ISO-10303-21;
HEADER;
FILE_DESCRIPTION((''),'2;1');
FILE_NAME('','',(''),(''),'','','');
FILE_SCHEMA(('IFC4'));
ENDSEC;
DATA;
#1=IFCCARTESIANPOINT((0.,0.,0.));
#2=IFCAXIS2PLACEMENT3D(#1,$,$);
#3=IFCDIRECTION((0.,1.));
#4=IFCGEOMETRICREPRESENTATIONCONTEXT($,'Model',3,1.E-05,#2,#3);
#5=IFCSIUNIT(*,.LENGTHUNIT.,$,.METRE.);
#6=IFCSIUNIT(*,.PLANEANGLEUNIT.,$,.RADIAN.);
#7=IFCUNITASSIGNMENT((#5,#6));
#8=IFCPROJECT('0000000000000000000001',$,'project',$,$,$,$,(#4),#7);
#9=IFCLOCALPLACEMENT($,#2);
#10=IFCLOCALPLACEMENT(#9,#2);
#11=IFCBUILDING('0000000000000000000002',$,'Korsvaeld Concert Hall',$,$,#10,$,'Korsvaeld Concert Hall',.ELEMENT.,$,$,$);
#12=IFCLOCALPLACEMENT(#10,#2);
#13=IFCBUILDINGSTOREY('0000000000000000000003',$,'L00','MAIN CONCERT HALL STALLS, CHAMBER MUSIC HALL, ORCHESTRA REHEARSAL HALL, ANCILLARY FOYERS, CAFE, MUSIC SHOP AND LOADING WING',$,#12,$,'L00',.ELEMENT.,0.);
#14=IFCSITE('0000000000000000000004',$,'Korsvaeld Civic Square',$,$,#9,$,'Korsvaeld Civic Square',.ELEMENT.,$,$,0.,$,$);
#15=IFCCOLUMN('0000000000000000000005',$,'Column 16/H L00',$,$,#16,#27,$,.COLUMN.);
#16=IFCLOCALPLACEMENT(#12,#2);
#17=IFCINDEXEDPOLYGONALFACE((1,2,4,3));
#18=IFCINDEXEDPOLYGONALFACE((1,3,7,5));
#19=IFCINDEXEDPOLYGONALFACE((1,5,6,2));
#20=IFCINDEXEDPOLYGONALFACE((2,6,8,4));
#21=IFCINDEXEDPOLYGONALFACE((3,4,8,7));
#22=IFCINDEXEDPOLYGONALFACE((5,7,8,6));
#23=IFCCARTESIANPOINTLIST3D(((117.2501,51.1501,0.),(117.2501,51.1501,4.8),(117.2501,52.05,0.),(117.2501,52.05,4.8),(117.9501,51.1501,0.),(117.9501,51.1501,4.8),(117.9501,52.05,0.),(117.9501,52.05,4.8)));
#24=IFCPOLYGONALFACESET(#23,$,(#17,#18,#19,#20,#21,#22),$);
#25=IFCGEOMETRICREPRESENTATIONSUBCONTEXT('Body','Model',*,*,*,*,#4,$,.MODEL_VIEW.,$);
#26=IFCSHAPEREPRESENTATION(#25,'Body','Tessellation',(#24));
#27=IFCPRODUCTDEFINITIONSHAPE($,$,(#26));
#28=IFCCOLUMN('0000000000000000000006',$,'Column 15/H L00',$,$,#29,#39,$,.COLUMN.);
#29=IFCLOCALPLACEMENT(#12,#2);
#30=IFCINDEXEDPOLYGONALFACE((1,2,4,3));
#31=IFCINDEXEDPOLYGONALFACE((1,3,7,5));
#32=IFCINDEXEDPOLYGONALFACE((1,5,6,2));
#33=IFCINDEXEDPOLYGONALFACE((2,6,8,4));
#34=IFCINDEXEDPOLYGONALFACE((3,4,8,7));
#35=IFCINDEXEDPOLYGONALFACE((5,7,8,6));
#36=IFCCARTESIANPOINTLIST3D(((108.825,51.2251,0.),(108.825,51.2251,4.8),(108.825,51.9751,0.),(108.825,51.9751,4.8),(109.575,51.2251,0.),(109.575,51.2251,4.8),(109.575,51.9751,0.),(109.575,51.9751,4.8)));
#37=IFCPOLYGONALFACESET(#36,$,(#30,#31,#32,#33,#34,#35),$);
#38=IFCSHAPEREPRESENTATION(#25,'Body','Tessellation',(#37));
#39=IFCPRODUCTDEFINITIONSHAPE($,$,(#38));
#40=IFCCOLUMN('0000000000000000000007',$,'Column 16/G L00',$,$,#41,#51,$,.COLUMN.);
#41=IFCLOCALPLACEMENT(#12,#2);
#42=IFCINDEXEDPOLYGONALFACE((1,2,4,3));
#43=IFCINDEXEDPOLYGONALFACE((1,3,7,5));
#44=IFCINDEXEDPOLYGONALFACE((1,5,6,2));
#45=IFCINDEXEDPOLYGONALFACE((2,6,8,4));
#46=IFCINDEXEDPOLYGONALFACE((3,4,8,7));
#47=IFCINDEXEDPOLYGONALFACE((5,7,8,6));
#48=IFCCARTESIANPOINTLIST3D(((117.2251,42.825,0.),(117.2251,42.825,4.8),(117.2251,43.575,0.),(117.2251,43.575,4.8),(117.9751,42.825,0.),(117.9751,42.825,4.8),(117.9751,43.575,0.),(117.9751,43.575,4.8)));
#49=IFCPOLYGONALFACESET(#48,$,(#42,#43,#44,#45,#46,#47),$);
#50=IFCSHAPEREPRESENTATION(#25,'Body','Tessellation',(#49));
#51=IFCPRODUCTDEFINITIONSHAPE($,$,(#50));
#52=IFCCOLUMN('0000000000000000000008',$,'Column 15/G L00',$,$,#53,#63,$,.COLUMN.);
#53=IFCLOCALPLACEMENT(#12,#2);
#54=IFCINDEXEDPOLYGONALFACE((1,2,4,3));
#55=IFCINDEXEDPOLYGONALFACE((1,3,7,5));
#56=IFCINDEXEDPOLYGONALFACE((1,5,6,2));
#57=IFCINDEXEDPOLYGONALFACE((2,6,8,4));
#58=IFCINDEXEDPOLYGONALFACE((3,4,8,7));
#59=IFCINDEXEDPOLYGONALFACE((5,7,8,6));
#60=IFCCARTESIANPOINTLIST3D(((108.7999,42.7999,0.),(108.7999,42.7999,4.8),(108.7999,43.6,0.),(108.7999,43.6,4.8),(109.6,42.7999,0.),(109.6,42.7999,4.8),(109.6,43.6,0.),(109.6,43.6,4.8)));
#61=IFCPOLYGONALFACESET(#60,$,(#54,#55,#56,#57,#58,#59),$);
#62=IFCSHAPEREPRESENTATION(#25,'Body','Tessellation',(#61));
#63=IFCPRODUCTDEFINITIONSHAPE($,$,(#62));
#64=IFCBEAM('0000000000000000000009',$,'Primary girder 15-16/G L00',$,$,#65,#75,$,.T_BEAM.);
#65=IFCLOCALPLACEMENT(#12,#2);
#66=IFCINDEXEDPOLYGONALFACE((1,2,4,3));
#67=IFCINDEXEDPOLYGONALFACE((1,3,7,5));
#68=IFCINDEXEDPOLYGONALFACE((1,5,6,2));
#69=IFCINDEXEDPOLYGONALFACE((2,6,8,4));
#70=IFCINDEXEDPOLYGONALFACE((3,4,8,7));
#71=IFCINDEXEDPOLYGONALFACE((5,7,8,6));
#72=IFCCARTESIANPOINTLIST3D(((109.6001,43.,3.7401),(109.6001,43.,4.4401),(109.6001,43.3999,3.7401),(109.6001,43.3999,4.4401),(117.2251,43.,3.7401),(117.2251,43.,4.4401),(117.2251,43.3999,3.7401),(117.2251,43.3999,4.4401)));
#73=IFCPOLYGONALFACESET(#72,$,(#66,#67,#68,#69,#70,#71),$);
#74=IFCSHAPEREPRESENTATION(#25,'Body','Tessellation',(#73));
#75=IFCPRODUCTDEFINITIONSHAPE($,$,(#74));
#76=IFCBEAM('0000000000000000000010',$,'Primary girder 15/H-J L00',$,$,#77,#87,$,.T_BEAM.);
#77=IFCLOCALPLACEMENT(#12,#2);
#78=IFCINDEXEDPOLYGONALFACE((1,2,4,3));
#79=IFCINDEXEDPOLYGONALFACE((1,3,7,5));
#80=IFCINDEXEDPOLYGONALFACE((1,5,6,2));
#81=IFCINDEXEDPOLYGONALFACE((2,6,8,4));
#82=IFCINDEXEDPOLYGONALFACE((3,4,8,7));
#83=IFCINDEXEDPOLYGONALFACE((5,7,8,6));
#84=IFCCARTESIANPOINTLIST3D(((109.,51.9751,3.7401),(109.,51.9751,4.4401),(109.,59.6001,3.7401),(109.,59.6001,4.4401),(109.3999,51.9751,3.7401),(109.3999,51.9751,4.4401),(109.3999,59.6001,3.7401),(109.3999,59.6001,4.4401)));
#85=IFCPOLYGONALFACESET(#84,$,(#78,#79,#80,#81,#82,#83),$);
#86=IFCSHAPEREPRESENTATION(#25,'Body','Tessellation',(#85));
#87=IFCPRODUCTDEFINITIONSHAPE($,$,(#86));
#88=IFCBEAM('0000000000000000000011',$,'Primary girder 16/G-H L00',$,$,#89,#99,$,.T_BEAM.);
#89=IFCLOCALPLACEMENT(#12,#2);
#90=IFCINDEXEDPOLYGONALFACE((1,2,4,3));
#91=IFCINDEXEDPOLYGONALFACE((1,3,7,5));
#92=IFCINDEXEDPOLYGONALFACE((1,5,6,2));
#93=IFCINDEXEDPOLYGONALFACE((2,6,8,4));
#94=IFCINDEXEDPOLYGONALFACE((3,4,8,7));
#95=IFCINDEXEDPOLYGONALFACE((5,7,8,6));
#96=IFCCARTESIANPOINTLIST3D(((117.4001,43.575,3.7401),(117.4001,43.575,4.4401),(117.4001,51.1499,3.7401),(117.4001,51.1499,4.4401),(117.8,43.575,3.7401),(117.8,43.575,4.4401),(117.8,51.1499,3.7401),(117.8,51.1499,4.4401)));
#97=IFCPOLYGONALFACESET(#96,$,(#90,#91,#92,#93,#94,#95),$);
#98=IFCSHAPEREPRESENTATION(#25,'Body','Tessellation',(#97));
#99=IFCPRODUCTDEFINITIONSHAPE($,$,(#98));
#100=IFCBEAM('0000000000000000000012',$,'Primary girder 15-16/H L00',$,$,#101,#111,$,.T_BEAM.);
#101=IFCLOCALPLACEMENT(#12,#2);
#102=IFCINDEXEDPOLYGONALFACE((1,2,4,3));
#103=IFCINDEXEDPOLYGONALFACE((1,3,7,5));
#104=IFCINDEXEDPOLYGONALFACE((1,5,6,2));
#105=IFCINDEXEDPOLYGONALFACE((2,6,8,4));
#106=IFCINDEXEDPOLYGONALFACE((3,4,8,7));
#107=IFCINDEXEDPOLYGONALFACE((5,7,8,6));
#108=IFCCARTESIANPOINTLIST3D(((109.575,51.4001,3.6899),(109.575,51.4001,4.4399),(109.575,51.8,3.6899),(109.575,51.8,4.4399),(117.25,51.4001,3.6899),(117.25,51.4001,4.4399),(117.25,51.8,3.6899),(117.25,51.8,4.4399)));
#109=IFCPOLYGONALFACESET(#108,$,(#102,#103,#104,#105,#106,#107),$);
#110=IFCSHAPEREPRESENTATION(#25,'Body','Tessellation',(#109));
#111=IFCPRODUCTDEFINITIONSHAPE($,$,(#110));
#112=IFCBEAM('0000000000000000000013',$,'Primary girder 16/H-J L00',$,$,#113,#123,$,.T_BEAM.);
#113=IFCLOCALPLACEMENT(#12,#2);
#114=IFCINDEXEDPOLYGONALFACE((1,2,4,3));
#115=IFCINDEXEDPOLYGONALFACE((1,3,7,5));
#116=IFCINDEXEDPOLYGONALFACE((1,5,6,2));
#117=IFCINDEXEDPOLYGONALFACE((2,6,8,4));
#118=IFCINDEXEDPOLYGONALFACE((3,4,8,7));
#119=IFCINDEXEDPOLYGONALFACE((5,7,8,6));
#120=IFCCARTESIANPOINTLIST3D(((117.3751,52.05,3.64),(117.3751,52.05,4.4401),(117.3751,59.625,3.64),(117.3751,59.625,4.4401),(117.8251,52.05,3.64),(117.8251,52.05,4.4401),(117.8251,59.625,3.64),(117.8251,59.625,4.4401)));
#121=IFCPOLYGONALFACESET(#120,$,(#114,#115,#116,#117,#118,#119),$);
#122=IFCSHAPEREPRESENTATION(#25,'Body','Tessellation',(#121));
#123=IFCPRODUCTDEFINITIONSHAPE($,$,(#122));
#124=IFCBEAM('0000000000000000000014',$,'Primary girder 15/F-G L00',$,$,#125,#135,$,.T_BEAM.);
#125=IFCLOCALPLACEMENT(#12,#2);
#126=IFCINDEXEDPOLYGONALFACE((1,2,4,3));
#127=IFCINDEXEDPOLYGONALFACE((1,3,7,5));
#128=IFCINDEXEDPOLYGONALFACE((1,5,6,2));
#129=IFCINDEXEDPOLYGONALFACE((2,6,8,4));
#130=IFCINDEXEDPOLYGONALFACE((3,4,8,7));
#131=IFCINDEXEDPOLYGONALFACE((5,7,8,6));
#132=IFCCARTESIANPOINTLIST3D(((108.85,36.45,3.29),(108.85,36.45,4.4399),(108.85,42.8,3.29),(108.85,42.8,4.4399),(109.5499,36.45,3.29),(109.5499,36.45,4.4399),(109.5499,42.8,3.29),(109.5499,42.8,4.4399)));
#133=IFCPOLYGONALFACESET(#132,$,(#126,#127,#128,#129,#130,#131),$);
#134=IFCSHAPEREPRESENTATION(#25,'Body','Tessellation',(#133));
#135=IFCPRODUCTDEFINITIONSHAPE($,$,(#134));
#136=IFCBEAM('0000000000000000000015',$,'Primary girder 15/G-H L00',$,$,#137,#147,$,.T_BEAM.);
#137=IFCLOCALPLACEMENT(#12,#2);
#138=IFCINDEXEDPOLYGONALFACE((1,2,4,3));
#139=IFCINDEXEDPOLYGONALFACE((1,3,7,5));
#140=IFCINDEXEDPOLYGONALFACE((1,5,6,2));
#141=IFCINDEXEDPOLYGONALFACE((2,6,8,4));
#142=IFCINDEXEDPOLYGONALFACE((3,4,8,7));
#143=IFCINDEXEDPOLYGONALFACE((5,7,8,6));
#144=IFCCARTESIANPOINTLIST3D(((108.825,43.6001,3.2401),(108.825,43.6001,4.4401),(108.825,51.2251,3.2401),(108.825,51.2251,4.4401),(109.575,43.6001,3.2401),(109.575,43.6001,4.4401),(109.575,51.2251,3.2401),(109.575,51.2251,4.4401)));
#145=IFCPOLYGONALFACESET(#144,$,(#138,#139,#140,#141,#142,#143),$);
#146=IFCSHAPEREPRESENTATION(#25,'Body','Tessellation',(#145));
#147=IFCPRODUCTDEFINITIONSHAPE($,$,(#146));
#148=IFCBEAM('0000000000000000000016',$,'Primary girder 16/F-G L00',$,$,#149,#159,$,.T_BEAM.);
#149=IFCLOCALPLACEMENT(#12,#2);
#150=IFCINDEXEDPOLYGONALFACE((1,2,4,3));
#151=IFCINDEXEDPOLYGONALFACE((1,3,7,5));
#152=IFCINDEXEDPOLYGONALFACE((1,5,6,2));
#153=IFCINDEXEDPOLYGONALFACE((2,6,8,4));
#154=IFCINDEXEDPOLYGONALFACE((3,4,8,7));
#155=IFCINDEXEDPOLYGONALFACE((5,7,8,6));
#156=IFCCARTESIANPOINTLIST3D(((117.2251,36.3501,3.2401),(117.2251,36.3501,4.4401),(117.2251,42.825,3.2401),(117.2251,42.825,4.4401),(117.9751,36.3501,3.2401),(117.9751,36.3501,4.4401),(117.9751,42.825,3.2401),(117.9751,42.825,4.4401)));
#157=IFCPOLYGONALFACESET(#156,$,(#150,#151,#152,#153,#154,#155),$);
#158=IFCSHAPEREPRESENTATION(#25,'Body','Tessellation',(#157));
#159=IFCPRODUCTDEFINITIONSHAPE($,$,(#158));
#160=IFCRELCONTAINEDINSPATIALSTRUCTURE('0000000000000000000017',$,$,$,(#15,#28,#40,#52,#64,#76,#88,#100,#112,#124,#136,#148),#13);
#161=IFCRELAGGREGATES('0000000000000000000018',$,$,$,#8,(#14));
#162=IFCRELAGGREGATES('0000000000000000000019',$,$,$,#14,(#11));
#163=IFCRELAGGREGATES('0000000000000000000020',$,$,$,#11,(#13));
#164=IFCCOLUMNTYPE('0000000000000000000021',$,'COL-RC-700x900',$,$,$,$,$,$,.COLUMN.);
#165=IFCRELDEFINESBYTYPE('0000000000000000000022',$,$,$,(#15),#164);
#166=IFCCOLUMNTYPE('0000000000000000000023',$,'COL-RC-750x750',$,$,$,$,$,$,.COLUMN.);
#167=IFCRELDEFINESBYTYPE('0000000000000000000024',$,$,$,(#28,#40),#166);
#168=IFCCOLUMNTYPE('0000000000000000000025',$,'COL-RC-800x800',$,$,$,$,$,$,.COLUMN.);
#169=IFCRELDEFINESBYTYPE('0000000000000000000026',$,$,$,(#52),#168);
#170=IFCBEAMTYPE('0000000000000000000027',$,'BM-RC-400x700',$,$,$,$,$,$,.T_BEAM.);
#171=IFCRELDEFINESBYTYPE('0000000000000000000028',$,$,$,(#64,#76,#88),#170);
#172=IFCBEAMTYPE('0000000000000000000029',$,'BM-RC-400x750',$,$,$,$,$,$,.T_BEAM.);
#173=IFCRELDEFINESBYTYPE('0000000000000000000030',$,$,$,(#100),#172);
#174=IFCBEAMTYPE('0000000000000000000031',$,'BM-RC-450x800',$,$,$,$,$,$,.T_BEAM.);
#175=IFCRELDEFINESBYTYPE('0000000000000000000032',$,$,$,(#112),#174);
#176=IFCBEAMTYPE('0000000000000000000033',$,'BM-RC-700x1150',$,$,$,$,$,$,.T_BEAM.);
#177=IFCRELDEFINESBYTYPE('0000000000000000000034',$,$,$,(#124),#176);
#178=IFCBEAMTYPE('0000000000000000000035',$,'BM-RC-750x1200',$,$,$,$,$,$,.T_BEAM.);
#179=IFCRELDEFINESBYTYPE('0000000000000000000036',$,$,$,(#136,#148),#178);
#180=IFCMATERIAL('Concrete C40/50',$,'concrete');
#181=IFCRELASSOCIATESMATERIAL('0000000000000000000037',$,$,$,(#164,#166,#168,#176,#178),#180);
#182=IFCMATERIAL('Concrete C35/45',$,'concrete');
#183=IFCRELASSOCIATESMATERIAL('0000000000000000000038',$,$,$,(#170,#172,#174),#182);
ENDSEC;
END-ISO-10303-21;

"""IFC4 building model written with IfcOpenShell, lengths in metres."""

from ifc_helpers import new_model, si_unit, direction, frame, origin, origin_2d, place, context, subcontext, project, spatial, rectangle, extrude, material, material_profile, profile_set, type_object, element, save


model = new_model("IFC4")

# Units and contexts
model_context = context("Model", 3, precision=1e-05, world=origin(), true_north=direction((0.0, 1.0)))
body_context = subcontext(model_context, "Body", "Model", "MODEL_VIEW")
ifc_project = project(units=[si_unit("LENGTHUNIT", "METRE"), si_unit("PLANEANGLEUNIT", "RADIAN")], contexts=[model_context])

# Site, building, storey
site_placement = place(None, origin())
site = spatial("IfcSite", under=ifc_project, at=site_placement, Name="Korsvaeld Civic Square", LongName="Korsvaeld Civic Square", CompositionType="ELEMENT", RefElevation=0.0)
building_placement = place(site_placement, origin())
building = spatial("IfcBuilding", under=site, at=building_placement, Name="Korsvaeld Concert Hall", LongName="Korsvaeld Concert Hall", CompositionType="ELEMENT")
storey_placement = place(building_placement, origin())
storey = spatial("IfcBuildingStorey", under=building, at=storey_placement, Name="L00", Description="MAIN CONCERT HALL STALLS, CHAMBER MUSIC HALL, ORCHESTRA REHEARSAL HALL, ANCILLARY FOYERS, CAFE, MUSIC SHOP AND LOADING WING", LongName="L00", CompositionType="ELEMENT", Elevation=0.0)

# Columns
ifc_material_1 = material(Name="Concrete C40/50", Category="concrete")
ifc_material_profile_1 = material_profile(ifc_material_1, rectangle(XDim=0.7, YDim=0.8999, at=origin_2d()), Name="RC 700x900")
ifc_profile_set_1 = profile_set([ifc_material_profile_1], Name="Concrete C40/50")
column_type_1 = type_object("IfcColumnType", Name="COL-RC-700x900", PredefinedType="COLUMN", material=ifc_profile_set_1)
column_1_placement = place(storey_placement, frame((117.6001, 51.6001, 0.0), z_axis=(0.0, 0.0, 1.0), x_axis=(1.0, 0.0, 0.0)))
element("IfcColumn", 1, at=column_1_placement, inside=storey, type_object=column_type_1, Name="Column 16/H L00", PredefinedType="COLUMN", context=body_context, shape_type="SweptSolid", body=[
    extrude(rectangle(XDim=0.7, YDim=0.8999, at=origin_2d()), origin(), (0.0, 0.0, 1.0), 4.8),
])
ifc_material_profile_2 = material_profile(ifc_material_1, rectangle(XDim=0.75, YDim=0.75, at=origin_2d()), Name="RC 750x750")
ifc_profile_set_2 = profile_set([ifc_material_profile_2], Name="Concrete C40/50")
column_type_2 = type_object("IfcColumnType", Name="COL-RC-750x750", PredefinedType="COLUMN", material=ifc_profile_set_2)
for number, where, z_axis, x_axis, name in (
    (2, (109.2, 51.6001, 0.0), (0.0, 0.0, 1.0), (1.0, 0.0, 0.0), "Column 15/H L00"),
    (3, (117.6001, 43.2, 0.0), (0.0, 0.0, 1.0), (1.0, 0.0, 0.0), "Column 16/G L00"),
):
    element("IfcColumn", number, at=place(storey_placement, frame(where, z_axis=z_axis, x_axis=x_axis)), inside=storey, type_object=column_type_2, Name=name, PredefinedType="COLUMN", context=body_context, shape_type="SweptSolid", body=[
        extrude(rectangle(XDim=0.75, YDim=0.75, at=origin_2d()), origin(), (0.0, 0.0, 1.0), 4.8),
    ])
ifc_material_profile_3 = material_profile(ifc_material_1, rectangle(XDim=0.8, YDim=0.8, at=origin_2d()), Name="RC 800x800")
ifc_profile_set_3 = profile_set([ifc_material_profile_3], Name="Concrete C40/50")
column_type_3 = type_object("IfcColumnType", Name="COL-RC-800x800", PredefinedType="COLUMN", material=ifc_profile_set_3)
column_2_placement = place(storey_placement, frame((109.2, 43.2, 0.0), z_axis=(0.0, 0.0, 1.0), x_axis=(1.0, 0.0, 0.0)))
element("IfcColumn", 4, at=column_2_placement, inside=storey, type_object=column_type_3, Name="Column 15/G L00", PredefinedType="COLUMN", context=body_context, shape_type="SweptSolid", body=[
    extrude(rectangle(XDim=0.8, YDim=0.8, at=origin_2d()), origin(), (0.0, 0.0, 1.0), 4.8),
])

# Beams
ifc_material_2 = material(Name="Concrete C35/45", Category="concrete")
ifc_material_profile_4 = material_profile(ifc_material_2, rectangle(XDim=0.3999, YDim=0.7, at=origin_2d()), Name="RC 400x700")
ifc_profile_set_4 = profile_set([ifc_material_profile_4], Name="Concrete C35/45")
beam_type_1 = type_object("IfcBeamType", Name="BM-RC-400x700", PredefinedType="T_BEAM", material=ifc_profile_set_4)
for number, where, z_axis, x_axis, name in (
    (5, (109.6001, 43.2, 4.0901), (1.0, 0.0, 0.0), (0.0, 1.0, 0.0), "Primary girder 15-16/G L00"),
    (6, (109.2, 51.9751, 4.0901), (0.0, 1.0, 0.0), (-1.0, 0.0, 0.0), "Primary girder 15/H-J L00"),
):
    element("IfcBeam", number, at=place(storey_placement, frame(where, z_axis=z_axis, x_axis=x_axis)), inside=storey, type_object=beam_type_1, Name=name, PredefinedType="T_BEAM", context=body_context, shape_type="SweptSolid", body=[
        extrude(rectangle(XDim=0.3999, YDim=0.7, at=origin_2d()), origin(), (0.0, 0.0, 1.0), 7.625),
    ])
beam_1_placement = place(storey_placement, frame((117.6001, 43.575, 4.0901), z_axis=(0.0, 1.0, 0.0), x_axis=(-1.0, 0.0, 0.0)))
element("IfcBeam", 7, at=beam_1_placement, inside=storey, type_object=beam_type_1, Name="Primary girder 16/G-H L00", PredefinedType="T_BEAM", context=body_context, shape_type="SweptSolid", body=[
    extrude(rectangle(XDim=0.3999, YDim=0.7, at=origin_2d()), origin(), (0.0, 0.0, 1.0), 7.575),
])
ifc_material_profile_5 = material_profile(ifc_material_2, rectangle(XDim=0.3999, YDim=0.75, at=origin_2d()), Name="RC 400x750")
ifc_profile_set_5 = profile_set([ifc_material_profile_5], Name="Concrete C35/45")
beam_type_2 = type_object("IfcBeamType", Name="BM-RC-400x750", PredefinedType="T_BEAM", material=ifc_profile_set_5)
beam_2_placement = place(storey_placement, frame((109.575, 51.6001, 4.0649), z_axis=(1.0, 0.0, 0.0), x_axis=(0.0, 1.0, 0.0)))
element("IfcBeam", 8, at=beam_2_placement, inside=storey, type_object=beam_type_2, Name="Primary girder 15-16/H L00", PredefinedType="T_BEAM", context=body_context, shape_type="SweptSolid", body=[
    extrude(rectangle(XDim=0.3999, YDim=0.75, at=origin_2d()), origin(), (0.0, 0.0, 1.0), 7.675),
])
ifc_material_profile_6 = material_profile(ifc_material_2, rectangle(XDim=0.45, YDim=0.8, at=origin_2d()), Name="RC 450x800")
ifc_profile_set_6 = profile_set([ifc_material_profile_6], Name="Concrete C35/45")
beam_type_3 = type_object("IfcBeamType", Name="BM-RC-450x800", PredefinedType="T_BEAM", material=ifc_profile_set_6)
beam_3_placement = place(storey_placement, frame((117.6001, 52.05, 4.04), z_axis=(0.0, 1.0, 0.0), x_axis=(-1.0, 0.0, 0.0)))
element("IfcBeam", 9, at=beam_3_placement, inside=storey, type_object=beam_type_3, Name="Primary girder 16/H-J L00", PredefinedType="T_BEAM", context=body_context, shape_type="SweptSolid", body=[
    extrude(rectangle(XDim=0.45, YDim=0.8, at=origin_2d()), origin(), (0.0, 0.0, 1.0), 7.575),
])
ifc_material_profile_7 = material_profile(ifc_material_1, rectangle(XDim=0.7, YDim=1.1499, at=origin_2d()), Name="RC 700x1150")
ifc_profile_set_7 = profile_set([ifc_material_profile_7], Name="Concrete C40/50")
beam_type_4 = type_object("IfcBeamType", Name="BM-RC-700x1150", PredefinedType="T_BEAM", material=ifc_profile_set_7)
beam_4_placement = place(storey_placement, frame((109.2, 36.45, 3.865), z_axis=(0.0, 1.0, 0.0), x_axis=(-1.0, 0.0, 0.0)))
element("IfcBeam", 10, at=beam_4_placement, inside=storey, type_object=beam_type_4, Name="Primary girder 15/F-G L00", PredefinedType="T_BEAM", context=body_context, shape_type="SweptSolid", body=[
    extrude(rectangle(XDim=0.7, YDim=1.1499, at=origin_2d()), origin(), (0.0, 0.0, 1.0), 6.3501),
])
ifc_material_profile_8 = material_profile(ifc_material_1, rectangle(XDim=0.75, YDim=1.2, at=origin_2d()), Name="RC 750x1200")
ifc_profile_set_8 = profile_set([ifc_material_profile_8], Name="Concrete C40/50")
beam_type_5 = type_object("IfcBeamType", Name="BM-RC-750x1200", PredefinedType="T_BEAM", material=ifc_profile_set_8)
beam_5_placement = place(storey_placement, frame((109.2, 43.6001, 3.8401), z_axis=(0.0, 1.0, 0.0), x_axis=(-1.0, 0.0, 0.0)))
element("IfcBeam", 11, at=beam_5_placement, inside=storey, type_object=beam_type_5, Name="Primary girder 15/G-H L00", PredefinedType="T_BEAM", context=body_context, shape_type="SweptSolid", body=[
    extrude(rectangle(XDim=0.75, YDim=1.2, at=origin_2d()), origin(), (0.0, 0.0, 1.0), 7.625),
])
beam_6_placement = place(storey_placement, frame((117.6001, 36.3501, 3.8401), z_axis=(0.0, 1.0, 0.0), x_axis=(-1.0, 0.0, 0.0)))
element("IfcBeam", 12, at=beam_6_placement, inside=storey, type_object=beam_type_5, Name="Primary girder 16/F-G L00", PredefinedType="T_BEAM", context=body_context, shape_type="SweptSolid", body=[
    extrude(rectangle(XDim=0.75, YDim=1.2, at=origin_2d()), origin(), (0.0, 0.0, 1.0), 6.4749),
])

save(model, "model.ifc")
